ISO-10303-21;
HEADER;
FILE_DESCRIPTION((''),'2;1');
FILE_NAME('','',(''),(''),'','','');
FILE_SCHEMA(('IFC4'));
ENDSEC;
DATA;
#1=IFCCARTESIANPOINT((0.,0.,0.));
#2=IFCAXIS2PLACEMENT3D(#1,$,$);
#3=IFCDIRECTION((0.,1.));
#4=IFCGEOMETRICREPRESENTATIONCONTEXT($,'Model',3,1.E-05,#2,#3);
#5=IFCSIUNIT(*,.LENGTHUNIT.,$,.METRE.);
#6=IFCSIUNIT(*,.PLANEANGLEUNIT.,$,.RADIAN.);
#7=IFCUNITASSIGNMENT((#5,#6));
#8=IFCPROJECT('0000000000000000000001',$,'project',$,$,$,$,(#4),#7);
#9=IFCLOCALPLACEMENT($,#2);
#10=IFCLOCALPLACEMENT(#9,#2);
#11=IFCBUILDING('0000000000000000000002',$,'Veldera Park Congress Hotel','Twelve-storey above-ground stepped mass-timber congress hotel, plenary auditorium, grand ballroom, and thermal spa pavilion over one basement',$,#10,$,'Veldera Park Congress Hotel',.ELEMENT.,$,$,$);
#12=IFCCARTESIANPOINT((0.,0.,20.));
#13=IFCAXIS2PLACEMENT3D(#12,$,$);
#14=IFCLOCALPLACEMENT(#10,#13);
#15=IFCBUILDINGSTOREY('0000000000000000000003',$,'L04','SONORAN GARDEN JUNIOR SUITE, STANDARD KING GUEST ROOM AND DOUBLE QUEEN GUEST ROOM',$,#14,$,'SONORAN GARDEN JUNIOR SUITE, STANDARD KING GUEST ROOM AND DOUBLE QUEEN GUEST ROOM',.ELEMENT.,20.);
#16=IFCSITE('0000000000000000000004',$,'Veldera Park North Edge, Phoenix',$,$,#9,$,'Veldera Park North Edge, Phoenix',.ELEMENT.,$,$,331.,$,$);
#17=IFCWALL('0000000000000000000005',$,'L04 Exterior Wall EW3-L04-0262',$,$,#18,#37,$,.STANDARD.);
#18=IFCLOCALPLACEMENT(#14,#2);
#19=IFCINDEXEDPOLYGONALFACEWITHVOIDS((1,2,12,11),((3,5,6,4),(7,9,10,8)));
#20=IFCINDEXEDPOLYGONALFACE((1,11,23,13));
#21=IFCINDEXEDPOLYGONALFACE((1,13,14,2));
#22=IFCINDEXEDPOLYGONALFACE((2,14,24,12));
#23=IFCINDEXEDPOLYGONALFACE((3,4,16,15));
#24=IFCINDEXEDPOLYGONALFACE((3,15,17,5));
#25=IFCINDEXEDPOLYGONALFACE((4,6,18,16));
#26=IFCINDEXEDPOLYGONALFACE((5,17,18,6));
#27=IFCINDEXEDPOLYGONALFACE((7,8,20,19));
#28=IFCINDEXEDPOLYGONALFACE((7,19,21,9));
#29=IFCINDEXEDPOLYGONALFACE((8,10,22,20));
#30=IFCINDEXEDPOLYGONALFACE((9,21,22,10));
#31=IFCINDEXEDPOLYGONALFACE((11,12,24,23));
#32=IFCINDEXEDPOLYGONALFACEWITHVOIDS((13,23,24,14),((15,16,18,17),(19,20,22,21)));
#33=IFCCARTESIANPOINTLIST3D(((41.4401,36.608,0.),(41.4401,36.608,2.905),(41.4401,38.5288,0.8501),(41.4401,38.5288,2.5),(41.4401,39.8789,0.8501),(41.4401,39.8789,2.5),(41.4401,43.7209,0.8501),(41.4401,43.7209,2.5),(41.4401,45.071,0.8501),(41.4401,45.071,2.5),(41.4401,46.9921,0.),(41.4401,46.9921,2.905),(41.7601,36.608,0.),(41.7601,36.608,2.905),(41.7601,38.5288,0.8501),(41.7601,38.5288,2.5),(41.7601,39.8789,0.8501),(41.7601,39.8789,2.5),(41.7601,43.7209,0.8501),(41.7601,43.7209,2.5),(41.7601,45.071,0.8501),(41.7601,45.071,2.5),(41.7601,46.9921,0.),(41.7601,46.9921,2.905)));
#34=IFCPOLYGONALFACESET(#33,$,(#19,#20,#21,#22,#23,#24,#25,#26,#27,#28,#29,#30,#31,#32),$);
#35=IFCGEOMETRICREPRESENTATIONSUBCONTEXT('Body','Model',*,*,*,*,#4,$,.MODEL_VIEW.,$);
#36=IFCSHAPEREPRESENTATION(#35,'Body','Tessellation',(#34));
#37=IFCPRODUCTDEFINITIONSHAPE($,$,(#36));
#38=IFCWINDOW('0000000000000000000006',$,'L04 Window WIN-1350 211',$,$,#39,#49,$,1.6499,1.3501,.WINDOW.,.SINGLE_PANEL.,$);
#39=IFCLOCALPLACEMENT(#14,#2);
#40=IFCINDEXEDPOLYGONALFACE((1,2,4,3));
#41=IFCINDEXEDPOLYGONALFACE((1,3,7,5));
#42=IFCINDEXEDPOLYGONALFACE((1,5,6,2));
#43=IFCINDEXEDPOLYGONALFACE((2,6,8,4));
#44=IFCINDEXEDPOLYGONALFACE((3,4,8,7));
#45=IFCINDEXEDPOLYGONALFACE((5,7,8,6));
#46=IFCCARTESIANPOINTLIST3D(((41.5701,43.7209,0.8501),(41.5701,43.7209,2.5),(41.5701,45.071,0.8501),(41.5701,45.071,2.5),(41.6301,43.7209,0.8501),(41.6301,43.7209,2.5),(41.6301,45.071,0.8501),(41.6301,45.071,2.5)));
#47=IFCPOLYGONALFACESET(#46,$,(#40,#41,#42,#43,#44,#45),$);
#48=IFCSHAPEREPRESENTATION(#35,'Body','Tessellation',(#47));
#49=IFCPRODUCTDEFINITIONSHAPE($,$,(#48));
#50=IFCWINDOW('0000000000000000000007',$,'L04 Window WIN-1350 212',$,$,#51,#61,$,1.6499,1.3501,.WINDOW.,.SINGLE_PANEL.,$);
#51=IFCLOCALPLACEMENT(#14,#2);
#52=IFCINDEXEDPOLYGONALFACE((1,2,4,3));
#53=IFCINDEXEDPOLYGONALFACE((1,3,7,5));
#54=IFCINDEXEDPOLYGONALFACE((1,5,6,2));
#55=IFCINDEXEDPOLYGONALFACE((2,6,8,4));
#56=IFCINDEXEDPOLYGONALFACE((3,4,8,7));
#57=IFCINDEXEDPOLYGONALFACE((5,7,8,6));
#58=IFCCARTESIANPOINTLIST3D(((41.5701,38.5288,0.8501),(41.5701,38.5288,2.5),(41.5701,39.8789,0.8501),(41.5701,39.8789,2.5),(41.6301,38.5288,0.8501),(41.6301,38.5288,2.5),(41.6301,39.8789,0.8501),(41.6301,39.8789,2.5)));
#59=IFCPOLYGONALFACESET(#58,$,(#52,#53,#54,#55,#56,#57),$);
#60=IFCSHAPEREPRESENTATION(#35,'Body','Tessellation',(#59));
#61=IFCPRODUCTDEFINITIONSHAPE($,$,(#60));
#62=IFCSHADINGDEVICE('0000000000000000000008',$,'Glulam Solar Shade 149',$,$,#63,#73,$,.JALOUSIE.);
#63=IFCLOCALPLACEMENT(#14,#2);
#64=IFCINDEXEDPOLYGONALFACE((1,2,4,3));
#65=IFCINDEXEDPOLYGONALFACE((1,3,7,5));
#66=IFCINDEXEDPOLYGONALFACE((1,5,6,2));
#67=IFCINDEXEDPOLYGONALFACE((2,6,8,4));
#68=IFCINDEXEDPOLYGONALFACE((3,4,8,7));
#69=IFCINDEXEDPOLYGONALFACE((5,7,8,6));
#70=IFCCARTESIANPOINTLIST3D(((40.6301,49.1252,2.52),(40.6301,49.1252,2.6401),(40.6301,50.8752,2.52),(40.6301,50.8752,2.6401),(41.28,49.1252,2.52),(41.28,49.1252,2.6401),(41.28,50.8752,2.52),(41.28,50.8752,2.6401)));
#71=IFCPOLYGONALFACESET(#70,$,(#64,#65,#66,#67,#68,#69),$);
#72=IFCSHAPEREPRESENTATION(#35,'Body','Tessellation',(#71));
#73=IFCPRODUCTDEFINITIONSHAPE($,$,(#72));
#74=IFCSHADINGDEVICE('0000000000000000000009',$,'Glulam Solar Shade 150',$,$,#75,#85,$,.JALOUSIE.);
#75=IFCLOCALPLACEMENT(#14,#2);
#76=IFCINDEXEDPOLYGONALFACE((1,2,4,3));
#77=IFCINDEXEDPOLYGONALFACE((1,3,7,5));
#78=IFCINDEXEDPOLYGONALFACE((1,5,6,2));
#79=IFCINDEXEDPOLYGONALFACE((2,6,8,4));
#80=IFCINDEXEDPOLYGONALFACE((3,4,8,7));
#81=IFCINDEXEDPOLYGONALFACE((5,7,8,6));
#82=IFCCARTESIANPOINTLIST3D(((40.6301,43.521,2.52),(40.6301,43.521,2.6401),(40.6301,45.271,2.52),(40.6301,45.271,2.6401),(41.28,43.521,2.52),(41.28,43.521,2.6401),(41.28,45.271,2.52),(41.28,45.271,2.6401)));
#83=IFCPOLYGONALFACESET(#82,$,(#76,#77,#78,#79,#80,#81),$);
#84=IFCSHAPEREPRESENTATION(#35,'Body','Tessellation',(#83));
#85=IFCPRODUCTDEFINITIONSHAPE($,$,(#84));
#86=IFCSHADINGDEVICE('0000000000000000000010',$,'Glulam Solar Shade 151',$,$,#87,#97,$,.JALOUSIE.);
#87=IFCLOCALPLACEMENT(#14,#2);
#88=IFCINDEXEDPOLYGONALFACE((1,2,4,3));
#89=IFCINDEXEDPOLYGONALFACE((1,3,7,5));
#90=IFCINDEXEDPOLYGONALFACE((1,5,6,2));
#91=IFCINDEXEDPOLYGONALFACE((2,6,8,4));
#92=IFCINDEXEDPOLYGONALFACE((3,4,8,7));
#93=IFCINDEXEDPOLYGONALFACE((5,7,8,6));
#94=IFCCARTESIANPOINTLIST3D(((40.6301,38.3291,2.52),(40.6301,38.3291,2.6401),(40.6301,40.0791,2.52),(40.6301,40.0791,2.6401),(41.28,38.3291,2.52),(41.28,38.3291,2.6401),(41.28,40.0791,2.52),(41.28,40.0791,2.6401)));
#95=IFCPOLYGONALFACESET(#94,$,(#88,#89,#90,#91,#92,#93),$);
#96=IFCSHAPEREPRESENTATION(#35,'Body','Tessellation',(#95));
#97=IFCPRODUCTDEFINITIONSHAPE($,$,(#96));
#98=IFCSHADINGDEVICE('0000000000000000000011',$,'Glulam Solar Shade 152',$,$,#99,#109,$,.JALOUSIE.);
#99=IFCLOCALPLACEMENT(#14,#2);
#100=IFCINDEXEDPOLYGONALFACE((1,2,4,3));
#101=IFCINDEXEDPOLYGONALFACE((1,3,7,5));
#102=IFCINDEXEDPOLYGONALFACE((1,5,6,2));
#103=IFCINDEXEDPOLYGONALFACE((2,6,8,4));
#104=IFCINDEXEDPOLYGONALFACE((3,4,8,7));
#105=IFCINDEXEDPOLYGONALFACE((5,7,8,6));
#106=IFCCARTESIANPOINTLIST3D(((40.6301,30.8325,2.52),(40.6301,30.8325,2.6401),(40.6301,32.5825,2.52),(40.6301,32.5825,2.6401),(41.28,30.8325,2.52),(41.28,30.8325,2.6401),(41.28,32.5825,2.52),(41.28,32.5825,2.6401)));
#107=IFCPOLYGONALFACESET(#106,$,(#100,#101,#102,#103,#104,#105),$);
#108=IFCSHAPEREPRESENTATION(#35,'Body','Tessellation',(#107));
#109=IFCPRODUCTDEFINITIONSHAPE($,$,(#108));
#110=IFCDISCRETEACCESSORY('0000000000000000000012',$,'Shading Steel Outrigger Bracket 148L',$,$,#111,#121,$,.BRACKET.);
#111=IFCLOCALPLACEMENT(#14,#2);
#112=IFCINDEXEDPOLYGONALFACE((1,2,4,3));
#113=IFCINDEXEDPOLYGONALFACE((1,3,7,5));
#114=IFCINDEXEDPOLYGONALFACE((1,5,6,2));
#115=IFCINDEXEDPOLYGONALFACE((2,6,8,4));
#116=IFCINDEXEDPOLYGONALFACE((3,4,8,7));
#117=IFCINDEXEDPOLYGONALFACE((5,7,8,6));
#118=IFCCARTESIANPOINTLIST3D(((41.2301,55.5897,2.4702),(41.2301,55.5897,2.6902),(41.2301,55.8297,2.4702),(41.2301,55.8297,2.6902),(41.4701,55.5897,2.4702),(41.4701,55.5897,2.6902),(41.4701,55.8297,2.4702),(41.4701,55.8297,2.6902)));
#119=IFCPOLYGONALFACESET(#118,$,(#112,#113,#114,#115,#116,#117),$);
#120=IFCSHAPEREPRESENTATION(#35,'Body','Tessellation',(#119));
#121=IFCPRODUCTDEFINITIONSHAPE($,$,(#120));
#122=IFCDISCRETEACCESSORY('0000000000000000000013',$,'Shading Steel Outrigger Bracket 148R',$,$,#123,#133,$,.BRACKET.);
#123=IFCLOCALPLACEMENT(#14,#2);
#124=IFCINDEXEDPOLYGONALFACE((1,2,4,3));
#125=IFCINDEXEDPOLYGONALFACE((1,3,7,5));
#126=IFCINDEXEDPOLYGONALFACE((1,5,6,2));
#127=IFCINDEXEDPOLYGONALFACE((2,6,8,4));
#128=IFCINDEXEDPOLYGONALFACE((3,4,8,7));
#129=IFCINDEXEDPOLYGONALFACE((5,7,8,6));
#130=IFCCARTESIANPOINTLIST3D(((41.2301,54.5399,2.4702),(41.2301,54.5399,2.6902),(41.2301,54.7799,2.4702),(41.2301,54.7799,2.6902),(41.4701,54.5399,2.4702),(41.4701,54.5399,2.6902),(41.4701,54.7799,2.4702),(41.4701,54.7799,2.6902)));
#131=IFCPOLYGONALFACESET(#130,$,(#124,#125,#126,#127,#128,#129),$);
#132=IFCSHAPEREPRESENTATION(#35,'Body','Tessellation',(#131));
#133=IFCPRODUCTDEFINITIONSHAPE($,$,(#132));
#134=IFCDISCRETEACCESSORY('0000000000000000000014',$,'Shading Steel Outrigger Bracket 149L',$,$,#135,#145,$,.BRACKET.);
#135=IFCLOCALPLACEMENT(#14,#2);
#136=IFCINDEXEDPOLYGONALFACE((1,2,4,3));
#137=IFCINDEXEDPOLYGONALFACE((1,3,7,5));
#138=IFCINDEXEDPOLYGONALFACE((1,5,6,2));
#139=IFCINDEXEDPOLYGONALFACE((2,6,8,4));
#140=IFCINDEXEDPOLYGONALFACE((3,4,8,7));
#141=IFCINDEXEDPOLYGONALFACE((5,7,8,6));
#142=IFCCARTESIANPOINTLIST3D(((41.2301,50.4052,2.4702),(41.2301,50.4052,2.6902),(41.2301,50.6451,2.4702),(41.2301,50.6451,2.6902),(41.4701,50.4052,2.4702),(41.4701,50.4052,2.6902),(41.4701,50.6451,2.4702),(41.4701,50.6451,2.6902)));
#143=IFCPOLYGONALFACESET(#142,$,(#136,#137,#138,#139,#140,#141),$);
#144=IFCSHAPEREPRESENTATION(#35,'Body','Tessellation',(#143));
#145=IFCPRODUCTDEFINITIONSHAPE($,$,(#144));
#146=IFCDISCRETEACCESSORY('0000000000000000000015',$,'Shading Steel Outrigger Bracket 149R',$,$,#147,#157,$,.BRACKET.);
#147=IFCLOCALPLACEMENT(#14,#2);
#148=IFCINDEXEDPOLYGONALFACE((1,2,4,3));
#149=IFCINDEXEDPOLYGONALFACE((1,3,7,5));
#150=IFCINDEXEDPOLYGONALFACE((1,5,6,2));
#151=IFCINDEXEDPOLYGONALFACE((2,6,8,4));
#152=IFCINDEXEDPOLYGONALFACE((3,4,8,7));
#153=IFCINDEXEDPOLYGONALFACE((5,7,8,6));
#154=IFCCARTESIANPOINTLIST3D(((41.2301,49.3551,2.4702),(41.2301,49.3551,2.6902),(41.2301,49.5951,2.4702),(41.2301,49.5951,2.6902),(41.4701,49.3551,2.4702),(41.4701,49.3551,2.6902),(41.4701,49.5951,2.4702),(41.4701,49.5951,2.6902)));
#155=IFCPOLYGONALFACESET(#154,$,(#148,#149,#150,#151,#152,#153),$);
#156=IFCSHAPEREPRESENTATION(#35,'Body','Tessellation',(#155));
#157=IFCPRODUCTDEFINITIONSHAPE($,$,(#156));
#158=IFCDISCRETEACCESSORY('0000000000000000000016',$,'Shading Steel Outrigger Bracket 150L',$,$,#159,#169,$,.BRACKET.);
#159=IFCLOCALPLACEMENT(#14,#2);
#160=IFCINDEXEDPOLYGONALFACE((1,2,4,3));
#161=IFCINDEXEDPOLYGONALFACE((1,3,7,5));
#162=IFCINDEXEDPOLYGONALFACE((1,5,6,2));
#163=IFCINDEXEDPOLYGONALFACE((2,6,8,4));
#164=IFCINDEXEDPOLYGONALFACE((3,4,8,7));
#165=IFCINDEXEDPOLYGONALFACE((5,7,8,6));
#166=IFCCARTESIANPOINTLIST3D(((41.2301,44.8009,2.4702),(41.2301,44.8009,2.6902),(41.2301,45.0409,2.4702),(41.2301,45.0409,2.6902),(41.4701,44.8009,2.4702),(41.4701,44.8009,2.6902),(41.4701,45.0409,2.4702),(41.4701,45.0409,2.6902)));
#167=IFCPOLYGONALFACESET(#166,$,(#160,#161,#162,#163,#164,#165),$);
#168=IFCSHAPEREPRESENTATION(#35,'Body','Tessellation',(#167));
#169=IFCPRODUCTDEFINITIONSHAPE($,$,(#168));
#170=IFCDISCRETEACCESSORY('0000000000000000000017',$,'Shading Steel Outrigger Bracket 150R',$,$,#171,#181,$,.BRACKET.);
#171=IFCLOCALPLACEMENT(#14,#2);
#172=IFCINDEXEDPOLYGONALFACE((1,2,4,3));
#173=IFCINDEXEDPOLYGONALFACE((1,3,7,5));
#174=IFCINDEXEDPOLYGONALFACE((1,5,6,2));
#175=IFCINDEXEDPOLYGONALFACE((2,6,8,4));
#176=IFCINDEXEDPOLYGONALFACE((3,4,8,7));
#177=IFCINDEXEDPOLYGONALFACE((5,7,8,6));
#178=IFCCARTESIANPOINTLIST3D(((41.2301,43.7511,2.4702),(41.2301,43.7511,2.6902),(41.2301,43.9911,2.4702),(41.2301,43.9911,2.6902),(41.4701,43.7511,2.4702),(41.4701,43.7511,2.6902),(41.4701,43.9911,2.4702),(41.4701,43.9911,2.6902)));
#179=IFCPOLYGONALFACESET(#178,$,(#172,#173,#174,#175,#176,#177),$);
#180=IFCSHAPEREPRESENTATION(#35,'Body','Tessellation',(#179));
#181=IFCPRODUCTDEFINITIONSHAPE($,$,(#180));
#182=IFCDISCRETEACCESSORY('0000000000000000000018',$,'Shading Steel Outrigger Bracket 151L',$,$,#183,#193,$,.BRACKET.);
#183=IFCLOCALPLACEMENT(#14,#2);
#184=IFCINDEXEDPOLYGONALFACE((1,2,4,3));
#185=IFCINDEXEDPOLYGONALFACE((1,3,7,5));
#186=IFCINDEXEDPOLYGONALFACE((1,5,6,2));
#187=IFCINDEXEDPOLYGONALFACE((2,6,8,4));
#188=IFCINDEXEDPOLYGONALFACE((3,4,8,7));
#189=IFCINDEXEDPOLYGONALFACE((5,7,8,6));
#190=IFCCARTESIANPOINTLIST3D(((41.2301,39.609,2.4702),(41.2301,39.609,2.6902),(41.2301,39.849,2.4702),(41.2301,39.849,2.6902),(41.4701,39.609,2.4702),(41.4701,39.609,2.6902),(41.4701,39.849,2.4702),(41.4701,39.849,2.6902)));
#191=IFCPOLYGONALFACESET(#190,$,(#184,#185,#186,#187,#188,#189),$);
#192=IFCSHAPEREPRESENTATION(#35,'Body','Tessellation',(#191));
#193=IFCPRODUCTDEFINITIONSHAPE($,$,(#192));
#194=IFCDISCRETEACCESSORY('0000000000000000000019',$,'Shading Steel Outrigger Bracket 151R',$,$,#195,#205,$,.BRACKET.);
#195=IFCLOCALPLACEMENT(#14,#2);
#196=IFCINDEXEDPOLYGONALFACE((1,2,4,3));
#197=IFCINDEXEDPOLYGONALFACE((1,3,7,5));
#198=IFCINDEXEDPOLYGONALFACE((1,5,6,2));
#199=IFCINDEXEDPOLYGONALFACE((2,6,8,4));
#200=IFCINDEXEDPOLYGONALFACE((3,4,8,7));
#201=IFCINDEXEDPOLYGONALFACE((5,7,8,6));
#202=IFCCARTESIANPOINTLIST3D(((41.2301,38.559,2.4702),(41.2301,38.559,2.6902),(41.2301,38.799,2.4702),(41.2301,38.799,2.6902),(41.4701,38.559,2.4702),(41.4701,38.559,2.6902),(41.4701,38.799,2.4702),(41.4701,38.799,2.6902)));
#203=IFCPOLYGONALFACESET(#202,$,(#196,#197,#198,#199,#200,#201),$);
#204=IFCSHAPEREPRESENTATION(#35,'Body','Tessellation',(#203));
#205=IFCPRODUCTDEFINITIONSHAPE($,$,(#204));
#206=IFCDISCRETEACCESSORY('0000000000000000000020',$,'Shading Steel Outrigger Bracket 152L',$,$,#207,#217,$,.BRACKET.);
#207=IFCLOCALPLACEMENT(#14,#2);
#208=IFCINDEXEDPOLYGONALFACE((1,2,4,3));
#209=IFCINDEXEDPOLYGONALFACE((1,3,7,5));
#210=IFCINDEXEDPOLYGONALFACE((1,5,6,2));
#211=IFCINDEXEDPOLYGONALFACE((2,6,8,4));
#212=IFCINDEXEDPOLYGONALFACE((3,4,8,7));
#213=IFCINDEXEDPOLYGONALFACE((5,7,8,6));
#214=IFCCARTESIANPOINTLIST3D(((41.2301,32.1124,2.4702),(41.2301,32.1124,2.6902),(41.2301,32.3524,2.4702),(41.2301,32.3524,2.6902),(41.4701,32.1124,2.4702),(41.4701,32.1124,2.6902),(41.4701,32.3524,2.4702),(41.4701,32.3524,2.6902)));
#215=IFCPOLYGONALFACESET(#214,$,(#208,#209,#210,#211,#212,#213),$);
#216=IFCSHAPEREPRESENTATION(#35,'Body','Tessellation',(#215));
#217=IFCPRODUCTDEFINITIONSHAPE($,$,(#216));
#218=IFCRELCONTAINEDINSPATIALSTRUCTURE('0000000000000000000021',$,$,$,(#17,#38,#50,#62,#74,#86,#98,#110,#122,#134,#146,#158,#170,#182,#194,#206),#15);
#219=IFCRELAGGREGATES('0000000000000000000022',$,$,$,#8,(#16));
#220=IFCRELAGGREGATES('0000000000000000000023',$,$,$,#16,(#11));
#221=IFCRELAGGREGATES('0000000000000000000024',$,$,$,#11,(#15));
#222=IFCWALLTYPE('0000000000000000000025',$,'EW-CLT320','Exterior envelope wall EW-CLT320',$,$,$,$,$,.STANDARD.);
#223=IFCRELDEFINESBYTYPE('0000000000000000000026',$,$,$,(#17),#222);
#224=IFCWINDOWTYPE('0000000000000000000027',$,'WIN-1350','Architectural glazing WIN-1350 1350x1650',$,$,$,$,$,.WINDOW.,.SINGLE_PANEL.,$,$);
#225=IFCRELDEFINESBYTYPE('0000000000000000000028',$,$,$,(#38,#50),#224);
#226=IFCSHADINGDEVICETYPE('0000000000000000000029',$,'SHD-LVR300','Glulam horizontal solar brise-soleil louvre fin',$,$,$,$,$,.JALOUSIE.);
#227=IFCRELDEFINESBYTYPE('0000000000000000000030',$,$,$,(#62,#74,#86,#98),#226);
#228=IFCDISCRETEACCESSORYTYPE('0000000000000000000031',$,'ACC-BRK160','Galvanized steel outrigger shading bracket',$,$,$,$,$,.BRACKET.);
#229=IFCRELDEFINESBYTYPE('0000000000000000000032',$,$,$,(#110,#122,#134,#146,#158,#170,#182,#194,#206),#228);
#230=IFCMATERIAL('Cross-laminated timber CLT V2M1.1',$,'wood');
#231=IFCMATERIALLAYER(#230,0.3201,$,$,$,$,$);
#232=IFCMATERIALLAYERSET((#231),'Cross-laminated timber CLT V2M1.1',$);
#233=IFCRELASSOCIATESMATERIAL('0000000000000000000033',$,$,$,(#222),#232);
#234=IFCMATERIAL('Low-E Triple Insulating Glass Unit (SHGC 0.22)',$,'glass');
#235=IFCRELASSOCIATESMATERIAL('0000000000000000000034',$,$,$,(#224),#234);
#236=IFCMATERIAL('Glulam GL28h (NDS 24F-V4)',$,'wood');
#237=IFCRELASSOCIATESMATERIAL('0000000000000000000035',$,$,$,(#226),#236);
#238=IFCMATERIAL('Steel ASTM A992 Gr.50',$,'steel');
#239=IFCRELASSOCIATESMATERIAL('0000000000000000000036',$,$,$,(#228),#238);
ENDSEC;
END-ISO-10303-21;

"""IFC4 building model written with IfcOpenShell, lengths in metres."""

from ifc_helpers import new_model, si_unit, direction, frame, frame_2d, origin, origin_2d, place, context, subcontext, project, spatial, rectangle, extrude, material, layer, layer_set, type_object, element, fill, save


model = new_model("IFC4")

# Units and contexts
model_context = context("Model", 3, precision=1e-05, world=origin(), true_north=direction((0.0, 1.0)))
body_context = subcontext(model_context, "Body", "Model", "MODEL_VIEW")
ifc_project = project(units=[si_unit("LENGTHUNIT", "METRE"), si_unit("PLANEANGLEUNIT", "RADIAN")], contexts=[model_context])

# Site, building, storey
site_placement = place(None, origin())
site = spatial("IfcSite", under=ifc_project, at=site_placement, Name="Veldera Park North Edge, Phoenix", LongName="Veldera Park North Edge, Phoenix", CompositionType="ELEMENT", RefElevation=331.0)
building_placement = place(site_placement, origin())
building = spatial("IfcBuilding", under=site, at=building_placement, Name="Veldera Park Congress Hotel", Description="Twelve-storey above-ground stepped mass-timber congress hotel, plenary auditorium, grand ballroom, and thermal spa pavilion over one basement", LongName="Veldera Park Congress Hotel", CompositionType="ELEMENT")
storey_placement = place(building_placement, frame((0.0, 0.0, 20.0)))
storey = spatial("IfcBuildingStorey", under=building, at=storey_placement, Name="L04", Description="SONORAN GARDEN JUNIOR SUITE, STANDARD KING GUEST ROOM AND DOUBLE QUEEN GUEST ROOM", LongName="SONORAN GARDEN JUNIOR SUITE, STANDARD KING GUEST ROOM AND DOUBLE QUEEN GUEST ROOM", CompositionType="ELEMENT", Elevation=20.0)

# Shared definitions
ifc_material_1 = material(Name="Glulam GL28h (NDS 24F-V4)", Category="wood")

# Wall, openings, windows
ifc_material_2 = material(Name="Cross-laminated timber CLT V2M1.1", Category="wood")
ifc_layer = layer(ifc_material_2, 0.3201)
ifc_layer_set = layer_set([ifc_layer], Name="Cross-laminated timber CLT V2M1.1")
wall_type = type_object("IfcWallType", Name="EW-CLT320", Description="Exterior envelope wall EW-CLT320", PredefinedType="STANDARD", material=ifc_layer_set)
ifc_material_3 = material(Name="Low-E Triple Insulating Glass Unit (SHGC 0.22)", Category="glass")
window_type = type_object("IfcWindowType", Name="WIN-1350", Description="Architectural glazing WIN-1350 1350x1650", PartitioningType="SINGLE_PANEL", PredefinedType="WINDOW", material=ifc_material_3)
wall_1_placement = place(storey_placement, frame((41.6001, 46.9919, 0.0), z_axis=(0.0, 0.0, 1.0), x_axis=(0.0, -1.0, 0.0)))
wall_1 = element("IfcWall", 1, at=wall_1_placement, inside=storey, type_object=wall_type, Name="L04 Exterior Wall EW3-L04-0262", PredefinedType="STANDARD", context=body_context, shape_type="SweptSolid", body=[
    extrude(rectangle(XDim=10.384, YDim=0.3201, at=frame_2d((5.1919, 0.0))), origin(), (0.0, 0.0, 1.0), 2.905),
])
opening_1_placement = place(wall_1_placement, frame((1.9209, 0.0, 0.8501)))
opening_1 = element("IfcOpeningElement", 2, at=opening_1_placement, cuts=wall_1, PredefinedType="OPENING", context=body_context, shape_type="SweptSolid", body=[
    extrude(rectangle(XDim=1.3501, YDim=1.6499, at=frame_2d((0.675, 0.825))), frame((0.0, 0.1721, 0.0), z_axis=(0.0, -1.0, 0.0), x_axis=(1.0, 0.0, 0.0)), (0.0, 0.0, 1.0), 0.344),
])
opening_2_placement = place(wall_1_placement, frame((7.113, 0.0, 0.8501)))
opening_2 = element("IfcOpeningElement", 3, at=opening_2_placement, cuts=wall_1, PredefinedType="OPENING", context=body_context, shape_type="SweptSolid", body=[
    extrude(rectangle(XDim=1.3501, YDim=1.6499, at=frame_2d((0.675, 0.825))), frame((0.0, 0.1721, 0.0), z_axis=(0.0, -1.0, 0.0), x_axis=(1.0, 0.0, 0.0)), (0.0, 0.0, 1.0), 0.344),
])
window_1_placement = place(opening_1_placement, origin())
window_1 = element("IfcWindow", 4, at=window_1_placement, inside=storey, type_object=window_type, Name="L04 Window WIN-1350 211", OverallHeight=1.6499, OverallWidth=1.3501, PartitioningType="SINGLE_PANEL", PredefinedType="WINDOW", context=body_context, shape_type="SweptSolid", body=[
    extrude(rectangle(XDim=1.3501, YDim=1.6499, at=frame_2d((0.675, 0.825))), frame((0.0, 0.03, 0.0), z_axis=(0.0, -1.0, 0.0), x_axis=(1.0, 0.0, 0.0)), (0.0, 0.0, 1.0), 0.0601),
])
fill(opening_1, window_1)
window_2_placement = place(opening_2_placement, origin())
window_2 = element("IfcWindow", 5, at=window_2_placement, inside=storey, type_object=window_type, Name="L04 Window WIN-1350 212", OverallHeight=1.6499, OverallWidth=1.3501, PartitioningType="SINGLE_PANEL", PredefinedType="WINDOW", context=body_context, shape_type="SweptSolid", body=[
    extrude(rectangle(XDim=1.3501, YDim=1.6499, at=frame_2d((0.675, 0.825))), frame((0.0, 0.03, 0.0), z_axis=(0.0, -1.0, 0.0), x_axis=(1.0, 0.0, 0.0)), (0.0, 0.0, 1.0), 0.0601),
])
fill(opening_2, window_2)

# Shading devices
shading_device_type = type_object("IfcShadingDeviceType", Name="SHD-LVR300", Description="Glulam horizontal solar brise-soleil louvre fin", PredefinedType="JALOUSIE", material=ifc_material_1)
for number, where, z_axis, x_axis, name in (
    (6, (40.9551, 50.0002, 2.52), (0.0, 0.0, 1.0), (0.0, -1.0, 0.0), "Glulam Solar Shade 149"),
    (7, (40.9551, 44.396, 2.52), (0.0, 0.0, 1.0), (0.0, -1.0, 0.0), "Glulam Solar Shade 150"),
    (8, (40.9551, 39.2041, 2.52), (0.0, 0.0, 1.0), (0.0, -1.0, 0.0), "Glulam Solar Shade 151"),
    (9, (40.9551, 31.7075, 2.52), (0.0, 0.0, 1.0), (0.0, -1.0, 0.0), "Glulam Solar Shade 152"),
):
    element("IfcShadingDevice", number, at=place(storey_placement, frame(where, z_axis=z_axis, x_axis=x_axis)), inside=storey, type_object=shading_device_type, Name=name, PredefinedType="JALOUSIE", context=body_context, shape_type="SweptSolid", body=[
        extrude(rectangle(XDim=1.75, YDim=0.6499, at=origin_2d()), origin(), (0.0, 0.0, 1.0), 0.1201),
    ])

# Discrete accessories
ifc_material_4 = material(Name="Steel ASTM A992 Gr.50", Category="steel")
discrete_accessory_type = type_object("IfcDiscreteAccessoryType", Name="ACC-BRK160", Description="Galvanized steel outrigger shading bracket", PredefinedType="BRACKET", material=ifc_material_4)
for number, where, z_axis, x_axis, name in (
    (10, (41.3501, 55.7097, 2.4702), (0.0, 0.0, 1.0), (0.0, -1.0, 0.0), "Shading Steel Outrigger Bracket 148L"),
    (11, (41.3501, 54.6599, 2.4702), (0.0, 0.0, 1.0), (0.0, -1.0, 0.0), "Shading Steel Outrigger Bracket 148R"),
    (12, (41.3501, 50.5251, 2.4702), (0.0, 0.0, 1.0), (0.0, -1.0, 0.0), "Shading Steel Outrigger Bracket 149L"),
    (13, (41.3501, 49.4751, 2.4702), (0.0, 0.0, 1.0), (0.0, -1.0, 0.0), "Shading Steel Outrigger Bracket 149R"),
    (14, (41.3501, 44.9209, 2.4702), (0.0, 0.0, 1.0), (0.0, -1.0, 0.0), "Shading Steel Outrigger Bracket 150L"),
    (15, (41.3501, 43.8711, 2.4702), (0.0, 0.0, 1.0), (0.0, -1.0, 0.0), "Shading Steel Outrigger Bracket 150R"),
    (16, (41.3501, 39.729, 2.4702), (0.0, 0.0, 1.0), (0.0, -1.0, 0.0), "Shading Steel Outrigger Bracket 151L"),
    (17, (41.3501, 38.679, 2.4702), (0.0, 0.0, 1.0), (0.0, -1.0, 0.0), "Shading Steel Outrigger Bracket 151R"),
    (18, (41.3501, 32.2324, 2.4702), (0.0, 0.0, 1.0), (0.0, -1.0, 0.0), "Shading Steel Outrigger Bracket 152L"),
):
    element("IfcDiscreteAccessory", number, at=place(storey_placement, frame(where, z_axis=z_axis, x_axis=x_axis)), inside=storey, type_object=discrete_accessory_type, Name=name, PredefinedType="BRACKET", context=body_context, shape_type="SweptSolid", body=[
        extrude(rectangle(XDim=0.24, YDim=0.24, at=origin_2d()), origin(), (0.0, 0.0, 1.0), 0.22),
    ])

save(model, "model.ifc")
